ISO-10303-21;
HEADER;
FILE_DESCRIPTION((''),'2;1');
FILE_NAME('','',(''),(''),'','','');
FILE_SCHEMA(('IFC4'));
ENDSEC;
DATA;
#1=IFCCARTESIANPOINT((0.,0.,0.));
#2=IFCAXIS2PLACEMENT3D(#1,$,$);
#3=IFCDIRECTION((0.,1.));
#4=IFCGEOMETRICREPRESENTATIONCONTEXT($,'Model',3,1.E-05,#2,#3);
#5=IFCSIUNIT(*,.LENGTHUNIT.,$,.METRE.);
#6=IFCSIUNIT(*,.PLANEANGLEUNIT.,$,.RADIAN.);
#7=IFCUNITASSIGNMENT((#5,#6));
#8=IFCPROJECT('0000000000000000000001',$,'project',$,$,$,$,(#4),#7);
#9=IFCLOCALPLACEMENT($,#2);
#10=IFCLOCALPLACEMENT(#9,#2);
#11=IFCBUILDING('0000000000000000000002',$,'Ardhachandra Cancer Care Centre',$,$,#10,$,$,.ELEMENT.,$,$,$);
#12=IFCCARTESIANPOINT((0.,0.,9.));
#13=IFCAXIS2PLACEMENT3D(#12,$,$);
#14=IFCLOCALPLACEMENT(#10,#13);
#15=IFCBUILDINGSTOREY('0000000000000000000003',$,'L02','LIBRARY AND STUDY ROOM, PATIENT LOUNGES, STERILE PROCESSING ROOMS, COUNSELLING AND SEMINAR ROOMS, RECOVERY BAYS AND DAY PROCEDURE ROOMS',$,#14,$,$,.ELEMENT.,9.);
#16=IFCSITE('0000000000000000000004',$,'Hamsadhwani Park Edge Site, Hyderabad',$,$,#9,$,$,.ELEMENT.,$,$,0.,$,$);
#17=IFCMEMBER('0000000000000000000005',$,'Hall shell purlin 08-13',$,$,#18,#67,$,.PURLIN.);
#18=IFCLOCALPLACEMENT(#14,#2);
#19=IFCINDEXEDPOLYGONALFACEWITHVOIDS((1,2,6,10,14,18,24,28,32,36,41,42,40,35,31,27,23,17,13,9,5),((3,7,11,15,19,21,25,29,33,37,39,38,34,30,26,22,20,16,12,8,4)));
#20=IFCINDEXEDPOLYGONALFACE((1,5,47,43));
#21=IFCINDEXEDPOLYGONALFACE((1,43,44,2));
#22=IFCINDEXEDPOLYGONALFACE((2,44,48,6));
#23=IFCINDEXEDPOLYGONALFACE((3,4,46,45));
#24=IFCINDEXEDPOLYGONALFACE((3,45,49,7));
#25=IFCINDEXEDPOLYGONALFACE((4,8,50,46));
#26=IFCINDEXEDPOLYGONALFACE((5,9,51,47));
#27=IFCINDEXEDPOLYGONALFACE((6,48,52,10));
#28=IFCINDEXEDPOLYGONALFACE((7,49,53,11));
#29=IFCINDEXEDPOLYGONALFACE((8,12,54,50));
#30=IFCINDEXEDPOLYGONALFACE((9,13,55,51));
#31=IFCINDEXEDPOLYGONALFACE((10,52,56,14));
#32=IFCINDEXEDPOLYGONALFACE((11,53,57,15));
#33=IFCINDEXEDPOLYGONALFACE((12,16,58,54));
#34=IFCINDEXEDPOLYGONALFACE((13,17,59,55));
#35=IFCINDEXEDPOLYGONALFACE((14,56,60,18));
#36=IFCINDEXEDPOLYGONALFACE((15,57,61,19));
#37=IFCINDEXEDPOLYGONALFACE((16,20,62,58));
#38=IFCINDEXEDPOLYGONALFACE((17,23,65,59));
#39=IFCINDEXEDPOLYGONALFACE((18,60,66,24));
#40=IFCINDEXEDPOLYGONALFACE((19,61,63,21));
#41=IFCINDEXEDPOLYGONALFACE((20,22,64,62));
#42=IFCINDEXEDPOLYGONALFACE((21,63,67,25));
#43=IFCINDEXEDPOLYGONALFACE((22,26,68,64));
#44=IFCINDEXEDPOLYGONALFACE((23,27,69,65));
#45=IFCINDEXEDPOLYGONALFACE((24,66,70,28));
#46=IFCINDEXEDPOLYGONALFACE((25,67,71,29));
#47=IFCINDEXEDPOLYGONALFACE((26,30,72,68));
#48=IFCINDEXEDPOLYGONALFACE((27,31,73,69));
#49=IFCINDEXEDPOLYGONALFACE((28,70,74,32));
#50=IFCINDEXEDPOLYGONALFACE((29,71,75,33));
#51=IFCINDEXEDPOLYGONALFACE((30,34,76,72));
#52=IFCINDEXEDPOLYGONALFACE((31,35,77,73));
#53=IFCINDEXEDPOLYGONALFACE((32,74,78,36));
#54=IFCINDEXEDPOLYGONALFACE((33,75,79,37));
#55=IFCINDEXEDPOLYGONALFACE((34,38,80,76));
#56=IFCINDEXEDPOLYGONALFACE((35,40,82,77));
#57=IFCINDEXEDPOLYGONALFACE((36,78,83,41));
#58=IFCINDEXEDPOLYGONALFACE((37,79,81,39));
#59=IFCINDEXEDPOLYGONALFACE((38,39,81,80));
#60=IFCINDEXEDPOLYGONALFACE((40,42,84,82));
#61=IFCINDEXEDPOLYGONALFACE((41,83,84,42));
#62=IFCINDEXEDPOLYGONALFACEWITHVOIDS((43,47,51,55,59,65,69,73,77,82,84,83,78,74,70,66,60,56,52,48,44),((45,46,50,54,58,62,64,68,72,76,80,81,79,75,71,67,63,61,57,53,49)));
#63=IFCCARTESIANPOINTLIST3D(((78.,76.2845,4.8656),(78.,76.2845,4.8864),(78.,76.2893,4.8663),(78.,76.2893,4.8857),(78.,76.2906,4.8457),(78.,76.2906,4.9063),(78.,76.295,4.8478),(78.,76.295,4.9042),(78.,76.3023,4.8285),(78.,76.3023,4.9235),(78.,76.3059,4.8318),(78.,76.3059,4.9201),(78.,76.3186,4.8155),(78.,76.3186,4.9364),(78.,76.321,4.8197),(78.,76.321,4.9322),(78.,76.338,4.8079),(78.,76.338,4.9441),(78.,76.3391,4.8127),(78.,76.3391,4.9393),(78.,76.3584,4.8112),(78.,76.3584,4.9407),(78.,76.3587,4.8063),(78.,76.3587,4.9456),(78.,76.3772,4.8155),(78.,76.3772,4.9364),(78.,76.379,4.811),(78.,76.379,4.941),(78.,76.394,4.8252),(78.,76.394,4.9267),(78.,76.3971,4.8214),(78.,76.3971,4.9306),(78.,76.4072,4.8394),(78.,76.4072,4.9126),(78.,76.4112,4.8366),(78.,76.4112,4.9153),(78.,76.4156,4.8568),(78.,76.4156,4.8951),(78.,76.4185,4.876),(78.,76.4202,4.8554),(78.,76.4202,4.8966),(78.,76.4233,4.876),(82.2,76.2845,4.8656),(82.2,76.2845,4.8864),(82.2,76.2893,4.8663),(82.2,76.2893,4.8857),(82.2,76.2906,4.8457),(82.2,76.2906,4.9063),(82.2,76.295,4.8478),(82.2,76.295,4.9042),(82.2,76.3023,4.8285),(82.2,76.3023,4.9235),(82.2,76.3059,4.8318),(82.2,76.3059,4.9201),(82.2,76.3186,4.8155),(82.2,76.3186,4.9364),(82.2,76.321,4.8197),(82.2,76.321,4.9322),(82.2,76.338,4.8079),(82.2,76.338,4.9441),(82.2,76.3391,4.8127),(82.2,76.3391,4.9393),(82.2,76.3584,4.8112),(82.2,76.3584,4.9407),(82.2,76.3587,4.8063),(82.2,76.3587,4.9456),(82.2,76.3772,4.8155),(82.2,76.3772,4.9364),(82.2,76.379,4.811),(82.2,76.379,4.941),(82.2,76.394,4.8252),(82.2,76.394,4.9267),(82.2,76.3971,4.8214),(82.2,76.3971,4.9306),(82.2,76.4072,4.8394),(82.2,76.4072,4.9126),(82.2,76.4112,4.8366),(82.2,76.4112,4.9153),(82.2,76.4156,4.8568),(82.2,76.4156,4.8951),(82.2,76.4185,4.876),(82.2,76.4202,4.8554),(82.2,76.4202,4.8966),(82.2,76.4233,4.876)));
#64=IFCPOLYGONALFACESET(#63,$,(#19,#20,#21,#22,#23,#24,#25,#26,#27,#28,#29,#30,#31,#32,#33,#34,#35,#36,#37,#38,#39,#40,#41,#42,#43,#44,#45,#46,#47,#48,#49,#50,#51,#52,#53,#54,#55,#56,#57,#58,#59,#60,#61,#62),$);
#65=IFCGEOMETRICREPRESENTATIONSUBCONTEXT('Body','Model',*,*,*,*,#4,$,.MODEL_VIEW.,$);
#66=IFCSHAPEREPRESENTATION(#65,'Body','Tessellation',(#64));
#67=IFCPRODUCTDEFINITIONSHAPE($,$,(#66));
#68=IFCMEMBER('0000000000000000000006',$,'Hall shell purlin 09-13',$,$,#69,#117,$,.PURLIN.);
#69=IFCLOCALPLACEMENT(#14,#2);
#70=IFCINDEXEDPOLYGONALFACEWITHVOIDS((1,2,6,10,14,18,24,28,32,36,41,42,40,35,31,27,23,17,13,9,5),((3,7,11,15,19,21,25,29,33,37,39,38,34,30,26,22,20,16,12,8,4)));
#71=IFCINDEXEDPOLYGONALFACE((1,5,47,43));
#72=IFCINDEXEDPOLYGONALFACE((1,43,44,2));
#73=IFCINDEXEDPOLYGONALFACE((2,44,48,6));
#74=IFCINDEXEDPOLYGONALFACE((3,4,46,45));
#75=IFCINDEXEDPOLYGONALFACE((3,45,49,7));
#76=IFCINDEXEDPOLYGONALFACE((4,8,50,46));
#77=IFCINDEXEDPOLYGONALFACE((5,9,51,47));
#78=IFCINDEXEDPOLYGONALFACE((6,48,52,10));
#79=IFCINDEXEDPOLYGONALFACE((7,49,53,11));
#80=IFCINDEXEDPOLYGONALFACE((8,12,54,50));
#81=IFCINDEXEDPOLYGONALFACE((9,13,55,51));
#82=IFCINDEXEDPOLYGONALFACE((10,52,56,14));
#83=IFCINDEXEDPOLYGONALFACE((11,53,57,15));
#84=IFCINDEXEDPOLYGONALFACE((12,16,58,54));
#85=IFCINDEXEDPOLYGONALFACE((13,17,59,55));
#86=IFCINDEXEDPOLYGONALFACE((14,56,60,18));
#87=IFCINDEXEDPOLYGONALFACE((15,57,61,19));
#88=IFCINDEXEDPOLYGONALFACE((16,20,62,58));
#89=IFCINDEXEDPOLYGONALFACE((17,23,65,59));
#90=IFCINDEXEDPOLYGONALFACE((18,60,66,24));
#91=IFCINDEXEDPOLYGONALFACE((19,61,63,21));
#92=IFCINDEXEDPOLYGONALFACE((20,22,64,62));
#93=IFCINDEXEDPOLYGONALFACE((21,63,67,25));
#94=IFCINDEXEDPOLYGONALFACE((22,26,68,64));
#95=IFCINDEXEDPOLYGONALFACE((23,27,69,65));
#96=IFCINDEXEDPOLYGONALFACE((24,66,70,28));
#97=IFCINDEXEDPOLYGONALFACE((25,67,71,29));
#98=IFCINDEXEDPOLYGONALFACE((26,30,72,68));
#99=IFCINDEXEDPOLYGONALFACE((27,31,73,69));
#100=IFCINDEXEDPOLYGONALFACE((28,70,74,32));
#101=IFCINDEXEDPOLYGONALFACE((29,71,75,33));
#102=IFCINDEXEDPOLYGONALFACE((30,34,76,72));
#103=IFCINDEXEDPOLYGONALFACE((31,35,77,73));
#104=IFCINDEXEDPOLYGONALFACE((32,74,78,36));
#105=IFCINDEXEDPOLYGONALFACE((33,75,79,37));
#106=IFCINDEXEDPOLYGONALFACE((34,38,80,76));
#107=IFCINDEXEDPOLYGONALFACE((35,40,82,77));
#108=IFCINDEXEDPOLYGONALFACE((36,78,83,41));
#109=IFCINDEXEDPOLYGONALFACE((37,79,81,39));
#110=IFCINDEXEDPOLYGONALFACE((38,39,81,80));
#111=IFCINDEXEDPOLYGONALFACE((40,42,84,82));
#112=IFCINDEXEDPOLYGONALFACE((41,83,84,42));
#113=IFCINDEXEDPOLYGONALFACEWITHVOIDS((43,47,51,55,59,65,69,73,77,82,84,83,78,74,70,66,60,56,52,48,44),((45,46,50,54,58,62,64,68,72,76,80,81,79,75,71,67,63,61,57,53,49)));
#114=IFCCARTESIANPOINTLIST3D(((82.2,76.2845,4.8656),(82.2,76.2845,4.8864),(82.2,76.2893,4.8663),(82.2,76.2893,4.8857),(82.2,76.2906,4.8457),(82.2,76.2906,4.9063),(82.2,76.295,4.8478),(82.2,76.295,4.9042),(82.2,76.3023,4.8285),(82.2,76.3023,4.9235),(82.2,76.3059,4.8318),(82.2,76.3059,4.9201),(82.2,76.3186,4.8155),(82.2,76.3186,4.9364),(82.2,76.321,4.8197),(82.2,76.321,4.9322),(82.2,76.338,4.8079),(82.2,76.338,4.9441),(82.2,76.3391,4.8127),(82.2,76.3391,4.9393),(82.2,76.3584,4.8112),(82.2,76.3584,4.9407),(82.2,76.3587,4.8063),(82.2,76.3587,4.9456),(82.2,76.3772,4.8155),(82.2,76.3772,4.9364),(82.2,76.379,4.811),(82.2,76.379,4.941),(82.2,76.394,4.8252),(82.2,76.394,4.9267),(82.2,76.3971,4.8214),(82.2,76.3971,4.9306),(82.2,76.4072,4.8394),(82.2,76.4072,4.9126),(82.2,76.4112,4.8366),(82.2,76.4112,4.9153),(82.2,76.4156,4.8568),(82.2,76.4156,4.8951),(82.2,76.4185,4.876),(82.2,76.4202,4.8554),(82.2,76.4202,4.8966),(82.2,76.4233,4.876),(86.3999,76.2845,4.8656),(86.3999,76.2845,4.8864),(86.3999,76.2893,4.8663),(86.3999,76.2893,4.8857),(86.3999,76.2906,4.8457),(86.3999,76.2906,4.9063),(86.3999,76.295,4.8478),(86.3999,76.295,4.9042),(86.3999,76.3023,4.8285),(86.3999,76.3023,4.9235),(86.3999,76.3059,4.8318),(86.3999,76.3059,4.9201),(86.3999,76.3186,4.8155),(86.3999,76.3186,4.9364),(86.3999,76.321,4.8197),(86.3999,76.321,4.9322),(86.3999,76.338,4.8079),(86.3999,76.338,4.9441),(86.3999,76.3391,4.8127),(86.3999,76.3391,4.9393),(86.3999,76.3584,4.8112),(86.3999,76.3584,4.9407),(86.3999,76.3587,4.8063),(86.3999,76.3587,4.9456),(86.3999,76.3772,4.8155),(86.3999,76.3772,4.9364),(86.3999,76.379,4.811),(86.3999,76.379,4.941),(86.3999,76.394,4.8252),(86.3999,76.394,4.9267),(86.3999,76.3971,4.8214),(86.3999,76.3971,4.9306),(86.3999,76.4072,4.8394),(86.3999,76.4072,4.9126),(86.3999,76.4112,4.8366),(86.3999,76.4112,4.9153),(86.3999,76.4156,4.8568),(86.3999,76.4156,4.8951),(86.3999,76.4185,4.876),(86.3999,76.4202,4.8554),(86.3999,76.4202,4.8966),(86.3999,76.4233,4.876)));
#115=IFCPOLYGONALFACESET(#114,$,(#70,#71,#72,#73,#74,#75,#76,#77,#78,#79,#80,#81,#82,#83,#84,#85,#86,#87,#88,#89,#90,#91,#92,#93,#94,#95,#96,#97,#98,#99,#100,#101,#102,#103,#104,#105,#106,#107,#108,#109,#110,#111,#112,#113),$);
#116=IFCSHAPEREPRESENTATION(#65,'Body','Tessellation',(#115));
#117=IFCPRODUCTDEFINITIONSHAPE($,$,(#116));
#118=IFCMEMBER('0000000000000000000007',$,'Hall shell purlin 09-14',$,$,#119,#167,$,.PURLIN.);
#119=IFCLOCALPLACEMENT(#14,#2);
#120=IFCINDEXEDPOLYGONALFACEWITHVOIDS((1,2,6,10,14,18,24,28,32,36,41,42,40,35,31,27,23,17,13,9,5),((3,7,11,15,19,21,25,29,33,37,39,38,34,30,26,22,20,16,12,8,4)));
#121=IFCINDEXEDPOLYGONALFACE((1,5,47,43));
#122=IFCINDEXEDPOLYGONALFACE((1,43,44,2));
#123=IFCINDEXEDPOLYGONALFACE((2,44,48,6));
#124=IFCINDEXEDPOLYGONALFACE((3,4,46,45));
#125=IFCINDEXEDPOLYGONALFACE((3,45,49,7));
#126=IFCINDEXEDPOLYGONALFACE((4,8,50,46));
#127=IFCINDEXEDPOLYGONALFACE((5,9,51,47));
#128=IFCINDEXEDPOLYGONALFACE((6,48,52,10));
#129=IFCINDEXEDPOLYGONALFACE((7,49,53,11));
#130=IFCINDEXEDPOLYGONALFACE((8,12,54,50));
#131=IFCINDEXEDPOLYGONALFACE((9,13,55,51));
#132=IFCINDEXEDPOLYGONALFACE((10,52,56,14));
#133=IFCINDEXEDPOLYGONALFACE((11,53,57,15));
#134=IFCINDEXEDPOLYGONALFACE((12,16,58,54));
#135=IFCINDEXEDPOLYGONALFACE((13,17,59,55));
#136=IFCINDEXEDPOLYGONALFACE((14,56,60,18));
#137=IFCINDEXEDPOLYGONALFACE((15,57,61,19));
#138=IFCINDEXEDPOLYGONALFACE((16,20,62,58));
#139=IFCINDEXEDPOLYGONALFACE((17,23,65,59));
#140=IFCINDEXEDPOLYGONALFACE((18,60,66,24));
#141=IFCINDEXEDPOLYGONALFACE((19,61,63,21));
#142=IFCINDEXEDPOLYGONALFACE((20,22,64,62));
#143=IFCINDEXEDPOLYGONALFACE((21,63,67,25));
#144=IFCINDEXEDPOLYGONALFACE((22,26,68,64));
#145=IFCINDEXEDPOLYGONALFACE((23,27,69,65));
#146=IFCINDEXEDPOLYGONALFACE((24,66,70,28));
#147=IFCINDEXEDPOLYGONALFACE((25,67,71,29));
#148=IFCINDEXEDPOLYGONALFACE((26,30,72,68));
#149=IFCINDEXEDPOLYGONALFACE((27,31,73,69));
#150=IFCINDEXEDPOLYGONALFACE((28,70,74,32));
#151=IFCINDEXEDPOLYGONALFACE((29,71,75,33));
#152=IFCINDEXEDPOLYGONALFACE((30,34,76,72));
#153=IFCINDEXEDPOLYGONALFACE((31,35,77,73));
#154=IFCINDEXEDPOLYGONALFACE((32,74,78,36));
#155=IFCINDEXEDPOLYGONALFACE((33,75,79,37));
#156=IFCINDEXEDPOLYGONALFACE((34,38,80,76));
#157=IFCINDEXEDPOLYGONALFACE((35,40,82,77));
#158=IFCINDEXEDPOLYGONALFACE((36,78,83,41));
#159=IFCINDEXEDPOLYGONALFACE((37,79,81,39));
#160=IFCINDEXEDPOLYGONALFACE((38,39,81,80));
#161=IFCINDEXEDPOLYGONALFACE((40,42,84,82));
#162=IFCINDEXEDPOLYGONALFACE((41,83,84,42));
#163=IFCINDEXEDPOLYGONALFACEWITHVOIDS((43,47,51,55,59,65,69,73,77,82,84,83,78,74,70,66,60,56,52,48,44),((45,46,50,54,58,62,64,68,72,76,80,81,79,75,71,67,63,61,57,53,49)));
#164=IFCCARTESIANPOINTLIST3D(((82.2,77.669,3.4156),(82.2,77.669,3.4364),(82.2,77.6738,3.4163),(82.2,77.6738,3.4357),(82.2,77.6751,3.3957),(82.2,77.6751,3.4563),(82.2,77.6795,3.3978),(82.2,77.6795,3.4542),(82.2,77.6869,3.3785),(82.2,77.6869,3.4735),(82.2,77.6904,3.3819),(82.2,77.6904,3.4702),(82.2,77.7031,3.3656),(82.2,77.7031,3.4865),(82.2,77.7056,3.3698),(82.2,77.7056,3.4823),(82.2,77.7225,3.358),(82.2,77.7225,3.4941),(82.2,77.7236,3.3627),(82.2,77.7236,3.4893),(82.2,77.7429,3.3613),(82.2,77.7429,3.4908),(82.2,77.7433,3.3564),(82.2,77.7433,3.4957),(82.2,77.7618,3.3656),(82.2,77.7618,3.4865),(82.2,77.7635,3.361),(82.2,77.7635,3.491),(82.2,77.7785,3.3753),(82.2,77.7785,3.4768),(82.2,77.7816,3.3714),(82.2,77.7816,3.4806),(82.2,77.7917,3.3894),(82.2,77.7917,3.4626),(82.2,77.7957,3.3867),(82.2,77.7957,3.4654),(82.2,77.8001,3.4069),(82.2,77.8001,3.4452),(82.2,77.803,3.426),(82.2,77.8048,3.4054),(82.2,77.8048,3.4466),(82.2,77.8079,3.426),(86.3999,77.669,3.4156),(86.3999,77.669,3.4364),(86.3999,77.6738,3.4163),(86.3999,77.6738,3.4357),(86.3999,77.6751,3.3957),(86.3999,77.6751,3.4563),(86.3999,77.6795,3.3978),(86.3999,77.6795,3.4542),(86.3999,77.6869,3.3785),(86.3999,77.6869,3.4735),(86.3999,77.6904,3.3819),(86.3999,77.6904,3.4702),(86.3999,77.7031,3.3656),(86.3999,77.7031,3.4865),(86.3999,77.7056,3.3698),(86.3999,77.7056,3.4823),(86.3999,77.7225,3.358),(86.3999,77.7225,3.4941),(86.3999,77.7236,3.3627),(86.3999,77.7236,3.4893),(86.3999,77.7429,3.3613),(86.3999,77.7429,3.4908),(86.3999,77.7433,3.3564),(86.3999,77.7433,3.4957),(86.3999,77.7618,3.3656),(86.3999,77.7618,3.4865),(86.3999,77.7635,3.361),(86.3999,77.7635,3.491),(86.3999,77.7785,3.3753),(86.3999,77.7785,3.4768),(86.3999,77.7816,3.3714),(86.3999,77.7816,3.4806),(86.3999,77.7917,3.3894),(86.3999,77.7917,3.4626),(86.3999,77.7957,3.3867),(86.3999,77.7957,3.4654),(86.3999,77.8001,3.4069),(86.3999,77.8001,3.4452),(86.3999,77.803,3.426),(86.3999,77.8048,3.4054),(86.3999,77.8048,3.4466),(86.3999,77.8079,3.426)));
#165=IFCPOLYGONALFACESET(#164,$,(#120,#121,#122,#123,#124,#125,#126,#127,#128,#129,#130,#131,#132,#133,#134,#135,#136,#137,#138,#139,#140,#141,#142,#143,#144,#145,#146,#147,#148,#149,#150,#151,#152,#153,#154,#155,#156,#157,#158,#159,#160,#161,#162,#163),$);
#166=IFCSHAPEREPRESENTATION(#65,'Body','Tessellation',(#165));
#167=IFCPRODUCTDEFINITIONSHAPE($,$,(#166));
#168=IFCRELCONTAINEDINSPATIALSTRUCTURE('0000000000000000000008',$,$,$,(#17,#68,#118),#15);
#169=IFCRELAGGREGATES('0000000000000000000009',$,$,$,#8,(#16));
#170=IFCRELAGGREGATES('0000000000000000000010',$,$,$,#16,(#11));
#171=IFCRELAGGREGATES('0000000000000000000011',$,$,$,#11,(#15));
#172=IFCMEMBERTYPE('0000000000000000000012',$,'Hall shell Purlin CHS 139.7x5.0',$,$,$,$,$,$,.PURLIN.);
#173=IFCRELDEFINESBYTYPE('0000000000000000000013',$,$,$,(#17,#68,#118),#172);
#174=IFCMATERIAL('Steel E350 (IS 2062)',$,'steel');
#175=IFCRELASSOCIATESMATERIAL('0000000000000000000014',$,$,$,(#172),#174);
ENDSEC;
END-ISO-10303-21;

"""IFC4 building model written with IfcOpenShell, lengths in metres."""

from ifc_helpers import new_model, si_unit, direction, frame, origin, origin_2d, place, context, subcontext, project, spatial, hollow_circle, extrude, material, material_profile, profile_set, type_object, element, save


model = new_model("IFC4")

# Units and contexts
model_context = context("Model", 3, precision=1e-05, world=origin(), true_north=direction((0.0, 1.0)))
body_context = subcontext(model_context, "Body", "Model", "MODEL_VIEW")
ifc_project = project(units=[si_unit("LENGTHUNIT", "METRE"), si_unit("PLANEANGLEUNIT", "RADIAN")], contexts=[model_context])

# Site, building, storey
site_placement = place(None, origin())
site = spatial("IfcSite", under=ifc_project, at=site_placement, Name="Hamsadhwani Park Edge Site, Hyderabad", CompositionType="ELEMENT", RefElevation=0.0)
building_placement = place(site_placement, origin())
building = spatial("IfcBuilding", under=site, at=building_placement, Name="Ardhachandra Cancer Care Centre", CompositionType="ELEMENT")
storey_placement = place(building_placement, frame((0.0, 0.0, 9.0)))
storey = spatial("IfcBuildingStorey", under=building, at=storey_placement, Name="L02", Description="LIBRARY AND STUDY ROOM, PATIENT LOUNGES, STERILE PROCESSING ROOMS, COUNSELLING AND SEMINAR ROOMS, RECOVERY BAYS AND DAY PROCEDURE ROOMS", CompositionType="ELEMENT", Elevation=9.0)

# Members
ifc_material_1 = material(Name="Steel E350 (IS 2062)", Category="steel")
ifc_material_profile_1 = material_profile(ifc_material_1, hollow_circle(Radius=0.0698, WallThickness=0.0049, at=origin_2d()), Name="CHS 139.7x5.0")
ifc_profile_set_1 = profile_set([ifc_material_profile_1], Name="Steel E350 (IS 2062)")
member_type_1 = type_object("IfcMemberType", Name="Hall shell Purlin CHS 139.7x5.0", PredefinedType="PURLIN", material=ifc_profile_set_1)
for number, where, z_axis, x_axis, name in (
    (1, (78.0, 76.3535, 4.876), (1.0, 0.0, 0.0), (0.0, 1.0, 0.0), "Hall shell purlin 08-13"),
    (2, (82.2, 76.3535, 4.876), (1.0, 0.0, 0.0), (0.0, 1.0, 0.0), "Hall shell purlin 09-13"),
    (3, (82.2, 77.738, 3.426), (1.0, 0.0, 0.0), (0.0, 1.0, 0.0), "Hall shell purlin 09-14"),
):
    element("IfcMember", number, at=place(storey_placement, frame(where, z_axis=z_axis, x_axis=x_axis)), inside=storey, type_object=member_type_1, Name=name, PredefinedType="PURLIN", context=body_context, shape_type="SweptSolid", body=[
        extrude(hollow_circle(Radius=0.0698, WallThickness=0.0049, at=origin_2d()), origin(), (0.0, 0.0, 1.0), 4.2),
    ])

save(model, "model.ifc")
